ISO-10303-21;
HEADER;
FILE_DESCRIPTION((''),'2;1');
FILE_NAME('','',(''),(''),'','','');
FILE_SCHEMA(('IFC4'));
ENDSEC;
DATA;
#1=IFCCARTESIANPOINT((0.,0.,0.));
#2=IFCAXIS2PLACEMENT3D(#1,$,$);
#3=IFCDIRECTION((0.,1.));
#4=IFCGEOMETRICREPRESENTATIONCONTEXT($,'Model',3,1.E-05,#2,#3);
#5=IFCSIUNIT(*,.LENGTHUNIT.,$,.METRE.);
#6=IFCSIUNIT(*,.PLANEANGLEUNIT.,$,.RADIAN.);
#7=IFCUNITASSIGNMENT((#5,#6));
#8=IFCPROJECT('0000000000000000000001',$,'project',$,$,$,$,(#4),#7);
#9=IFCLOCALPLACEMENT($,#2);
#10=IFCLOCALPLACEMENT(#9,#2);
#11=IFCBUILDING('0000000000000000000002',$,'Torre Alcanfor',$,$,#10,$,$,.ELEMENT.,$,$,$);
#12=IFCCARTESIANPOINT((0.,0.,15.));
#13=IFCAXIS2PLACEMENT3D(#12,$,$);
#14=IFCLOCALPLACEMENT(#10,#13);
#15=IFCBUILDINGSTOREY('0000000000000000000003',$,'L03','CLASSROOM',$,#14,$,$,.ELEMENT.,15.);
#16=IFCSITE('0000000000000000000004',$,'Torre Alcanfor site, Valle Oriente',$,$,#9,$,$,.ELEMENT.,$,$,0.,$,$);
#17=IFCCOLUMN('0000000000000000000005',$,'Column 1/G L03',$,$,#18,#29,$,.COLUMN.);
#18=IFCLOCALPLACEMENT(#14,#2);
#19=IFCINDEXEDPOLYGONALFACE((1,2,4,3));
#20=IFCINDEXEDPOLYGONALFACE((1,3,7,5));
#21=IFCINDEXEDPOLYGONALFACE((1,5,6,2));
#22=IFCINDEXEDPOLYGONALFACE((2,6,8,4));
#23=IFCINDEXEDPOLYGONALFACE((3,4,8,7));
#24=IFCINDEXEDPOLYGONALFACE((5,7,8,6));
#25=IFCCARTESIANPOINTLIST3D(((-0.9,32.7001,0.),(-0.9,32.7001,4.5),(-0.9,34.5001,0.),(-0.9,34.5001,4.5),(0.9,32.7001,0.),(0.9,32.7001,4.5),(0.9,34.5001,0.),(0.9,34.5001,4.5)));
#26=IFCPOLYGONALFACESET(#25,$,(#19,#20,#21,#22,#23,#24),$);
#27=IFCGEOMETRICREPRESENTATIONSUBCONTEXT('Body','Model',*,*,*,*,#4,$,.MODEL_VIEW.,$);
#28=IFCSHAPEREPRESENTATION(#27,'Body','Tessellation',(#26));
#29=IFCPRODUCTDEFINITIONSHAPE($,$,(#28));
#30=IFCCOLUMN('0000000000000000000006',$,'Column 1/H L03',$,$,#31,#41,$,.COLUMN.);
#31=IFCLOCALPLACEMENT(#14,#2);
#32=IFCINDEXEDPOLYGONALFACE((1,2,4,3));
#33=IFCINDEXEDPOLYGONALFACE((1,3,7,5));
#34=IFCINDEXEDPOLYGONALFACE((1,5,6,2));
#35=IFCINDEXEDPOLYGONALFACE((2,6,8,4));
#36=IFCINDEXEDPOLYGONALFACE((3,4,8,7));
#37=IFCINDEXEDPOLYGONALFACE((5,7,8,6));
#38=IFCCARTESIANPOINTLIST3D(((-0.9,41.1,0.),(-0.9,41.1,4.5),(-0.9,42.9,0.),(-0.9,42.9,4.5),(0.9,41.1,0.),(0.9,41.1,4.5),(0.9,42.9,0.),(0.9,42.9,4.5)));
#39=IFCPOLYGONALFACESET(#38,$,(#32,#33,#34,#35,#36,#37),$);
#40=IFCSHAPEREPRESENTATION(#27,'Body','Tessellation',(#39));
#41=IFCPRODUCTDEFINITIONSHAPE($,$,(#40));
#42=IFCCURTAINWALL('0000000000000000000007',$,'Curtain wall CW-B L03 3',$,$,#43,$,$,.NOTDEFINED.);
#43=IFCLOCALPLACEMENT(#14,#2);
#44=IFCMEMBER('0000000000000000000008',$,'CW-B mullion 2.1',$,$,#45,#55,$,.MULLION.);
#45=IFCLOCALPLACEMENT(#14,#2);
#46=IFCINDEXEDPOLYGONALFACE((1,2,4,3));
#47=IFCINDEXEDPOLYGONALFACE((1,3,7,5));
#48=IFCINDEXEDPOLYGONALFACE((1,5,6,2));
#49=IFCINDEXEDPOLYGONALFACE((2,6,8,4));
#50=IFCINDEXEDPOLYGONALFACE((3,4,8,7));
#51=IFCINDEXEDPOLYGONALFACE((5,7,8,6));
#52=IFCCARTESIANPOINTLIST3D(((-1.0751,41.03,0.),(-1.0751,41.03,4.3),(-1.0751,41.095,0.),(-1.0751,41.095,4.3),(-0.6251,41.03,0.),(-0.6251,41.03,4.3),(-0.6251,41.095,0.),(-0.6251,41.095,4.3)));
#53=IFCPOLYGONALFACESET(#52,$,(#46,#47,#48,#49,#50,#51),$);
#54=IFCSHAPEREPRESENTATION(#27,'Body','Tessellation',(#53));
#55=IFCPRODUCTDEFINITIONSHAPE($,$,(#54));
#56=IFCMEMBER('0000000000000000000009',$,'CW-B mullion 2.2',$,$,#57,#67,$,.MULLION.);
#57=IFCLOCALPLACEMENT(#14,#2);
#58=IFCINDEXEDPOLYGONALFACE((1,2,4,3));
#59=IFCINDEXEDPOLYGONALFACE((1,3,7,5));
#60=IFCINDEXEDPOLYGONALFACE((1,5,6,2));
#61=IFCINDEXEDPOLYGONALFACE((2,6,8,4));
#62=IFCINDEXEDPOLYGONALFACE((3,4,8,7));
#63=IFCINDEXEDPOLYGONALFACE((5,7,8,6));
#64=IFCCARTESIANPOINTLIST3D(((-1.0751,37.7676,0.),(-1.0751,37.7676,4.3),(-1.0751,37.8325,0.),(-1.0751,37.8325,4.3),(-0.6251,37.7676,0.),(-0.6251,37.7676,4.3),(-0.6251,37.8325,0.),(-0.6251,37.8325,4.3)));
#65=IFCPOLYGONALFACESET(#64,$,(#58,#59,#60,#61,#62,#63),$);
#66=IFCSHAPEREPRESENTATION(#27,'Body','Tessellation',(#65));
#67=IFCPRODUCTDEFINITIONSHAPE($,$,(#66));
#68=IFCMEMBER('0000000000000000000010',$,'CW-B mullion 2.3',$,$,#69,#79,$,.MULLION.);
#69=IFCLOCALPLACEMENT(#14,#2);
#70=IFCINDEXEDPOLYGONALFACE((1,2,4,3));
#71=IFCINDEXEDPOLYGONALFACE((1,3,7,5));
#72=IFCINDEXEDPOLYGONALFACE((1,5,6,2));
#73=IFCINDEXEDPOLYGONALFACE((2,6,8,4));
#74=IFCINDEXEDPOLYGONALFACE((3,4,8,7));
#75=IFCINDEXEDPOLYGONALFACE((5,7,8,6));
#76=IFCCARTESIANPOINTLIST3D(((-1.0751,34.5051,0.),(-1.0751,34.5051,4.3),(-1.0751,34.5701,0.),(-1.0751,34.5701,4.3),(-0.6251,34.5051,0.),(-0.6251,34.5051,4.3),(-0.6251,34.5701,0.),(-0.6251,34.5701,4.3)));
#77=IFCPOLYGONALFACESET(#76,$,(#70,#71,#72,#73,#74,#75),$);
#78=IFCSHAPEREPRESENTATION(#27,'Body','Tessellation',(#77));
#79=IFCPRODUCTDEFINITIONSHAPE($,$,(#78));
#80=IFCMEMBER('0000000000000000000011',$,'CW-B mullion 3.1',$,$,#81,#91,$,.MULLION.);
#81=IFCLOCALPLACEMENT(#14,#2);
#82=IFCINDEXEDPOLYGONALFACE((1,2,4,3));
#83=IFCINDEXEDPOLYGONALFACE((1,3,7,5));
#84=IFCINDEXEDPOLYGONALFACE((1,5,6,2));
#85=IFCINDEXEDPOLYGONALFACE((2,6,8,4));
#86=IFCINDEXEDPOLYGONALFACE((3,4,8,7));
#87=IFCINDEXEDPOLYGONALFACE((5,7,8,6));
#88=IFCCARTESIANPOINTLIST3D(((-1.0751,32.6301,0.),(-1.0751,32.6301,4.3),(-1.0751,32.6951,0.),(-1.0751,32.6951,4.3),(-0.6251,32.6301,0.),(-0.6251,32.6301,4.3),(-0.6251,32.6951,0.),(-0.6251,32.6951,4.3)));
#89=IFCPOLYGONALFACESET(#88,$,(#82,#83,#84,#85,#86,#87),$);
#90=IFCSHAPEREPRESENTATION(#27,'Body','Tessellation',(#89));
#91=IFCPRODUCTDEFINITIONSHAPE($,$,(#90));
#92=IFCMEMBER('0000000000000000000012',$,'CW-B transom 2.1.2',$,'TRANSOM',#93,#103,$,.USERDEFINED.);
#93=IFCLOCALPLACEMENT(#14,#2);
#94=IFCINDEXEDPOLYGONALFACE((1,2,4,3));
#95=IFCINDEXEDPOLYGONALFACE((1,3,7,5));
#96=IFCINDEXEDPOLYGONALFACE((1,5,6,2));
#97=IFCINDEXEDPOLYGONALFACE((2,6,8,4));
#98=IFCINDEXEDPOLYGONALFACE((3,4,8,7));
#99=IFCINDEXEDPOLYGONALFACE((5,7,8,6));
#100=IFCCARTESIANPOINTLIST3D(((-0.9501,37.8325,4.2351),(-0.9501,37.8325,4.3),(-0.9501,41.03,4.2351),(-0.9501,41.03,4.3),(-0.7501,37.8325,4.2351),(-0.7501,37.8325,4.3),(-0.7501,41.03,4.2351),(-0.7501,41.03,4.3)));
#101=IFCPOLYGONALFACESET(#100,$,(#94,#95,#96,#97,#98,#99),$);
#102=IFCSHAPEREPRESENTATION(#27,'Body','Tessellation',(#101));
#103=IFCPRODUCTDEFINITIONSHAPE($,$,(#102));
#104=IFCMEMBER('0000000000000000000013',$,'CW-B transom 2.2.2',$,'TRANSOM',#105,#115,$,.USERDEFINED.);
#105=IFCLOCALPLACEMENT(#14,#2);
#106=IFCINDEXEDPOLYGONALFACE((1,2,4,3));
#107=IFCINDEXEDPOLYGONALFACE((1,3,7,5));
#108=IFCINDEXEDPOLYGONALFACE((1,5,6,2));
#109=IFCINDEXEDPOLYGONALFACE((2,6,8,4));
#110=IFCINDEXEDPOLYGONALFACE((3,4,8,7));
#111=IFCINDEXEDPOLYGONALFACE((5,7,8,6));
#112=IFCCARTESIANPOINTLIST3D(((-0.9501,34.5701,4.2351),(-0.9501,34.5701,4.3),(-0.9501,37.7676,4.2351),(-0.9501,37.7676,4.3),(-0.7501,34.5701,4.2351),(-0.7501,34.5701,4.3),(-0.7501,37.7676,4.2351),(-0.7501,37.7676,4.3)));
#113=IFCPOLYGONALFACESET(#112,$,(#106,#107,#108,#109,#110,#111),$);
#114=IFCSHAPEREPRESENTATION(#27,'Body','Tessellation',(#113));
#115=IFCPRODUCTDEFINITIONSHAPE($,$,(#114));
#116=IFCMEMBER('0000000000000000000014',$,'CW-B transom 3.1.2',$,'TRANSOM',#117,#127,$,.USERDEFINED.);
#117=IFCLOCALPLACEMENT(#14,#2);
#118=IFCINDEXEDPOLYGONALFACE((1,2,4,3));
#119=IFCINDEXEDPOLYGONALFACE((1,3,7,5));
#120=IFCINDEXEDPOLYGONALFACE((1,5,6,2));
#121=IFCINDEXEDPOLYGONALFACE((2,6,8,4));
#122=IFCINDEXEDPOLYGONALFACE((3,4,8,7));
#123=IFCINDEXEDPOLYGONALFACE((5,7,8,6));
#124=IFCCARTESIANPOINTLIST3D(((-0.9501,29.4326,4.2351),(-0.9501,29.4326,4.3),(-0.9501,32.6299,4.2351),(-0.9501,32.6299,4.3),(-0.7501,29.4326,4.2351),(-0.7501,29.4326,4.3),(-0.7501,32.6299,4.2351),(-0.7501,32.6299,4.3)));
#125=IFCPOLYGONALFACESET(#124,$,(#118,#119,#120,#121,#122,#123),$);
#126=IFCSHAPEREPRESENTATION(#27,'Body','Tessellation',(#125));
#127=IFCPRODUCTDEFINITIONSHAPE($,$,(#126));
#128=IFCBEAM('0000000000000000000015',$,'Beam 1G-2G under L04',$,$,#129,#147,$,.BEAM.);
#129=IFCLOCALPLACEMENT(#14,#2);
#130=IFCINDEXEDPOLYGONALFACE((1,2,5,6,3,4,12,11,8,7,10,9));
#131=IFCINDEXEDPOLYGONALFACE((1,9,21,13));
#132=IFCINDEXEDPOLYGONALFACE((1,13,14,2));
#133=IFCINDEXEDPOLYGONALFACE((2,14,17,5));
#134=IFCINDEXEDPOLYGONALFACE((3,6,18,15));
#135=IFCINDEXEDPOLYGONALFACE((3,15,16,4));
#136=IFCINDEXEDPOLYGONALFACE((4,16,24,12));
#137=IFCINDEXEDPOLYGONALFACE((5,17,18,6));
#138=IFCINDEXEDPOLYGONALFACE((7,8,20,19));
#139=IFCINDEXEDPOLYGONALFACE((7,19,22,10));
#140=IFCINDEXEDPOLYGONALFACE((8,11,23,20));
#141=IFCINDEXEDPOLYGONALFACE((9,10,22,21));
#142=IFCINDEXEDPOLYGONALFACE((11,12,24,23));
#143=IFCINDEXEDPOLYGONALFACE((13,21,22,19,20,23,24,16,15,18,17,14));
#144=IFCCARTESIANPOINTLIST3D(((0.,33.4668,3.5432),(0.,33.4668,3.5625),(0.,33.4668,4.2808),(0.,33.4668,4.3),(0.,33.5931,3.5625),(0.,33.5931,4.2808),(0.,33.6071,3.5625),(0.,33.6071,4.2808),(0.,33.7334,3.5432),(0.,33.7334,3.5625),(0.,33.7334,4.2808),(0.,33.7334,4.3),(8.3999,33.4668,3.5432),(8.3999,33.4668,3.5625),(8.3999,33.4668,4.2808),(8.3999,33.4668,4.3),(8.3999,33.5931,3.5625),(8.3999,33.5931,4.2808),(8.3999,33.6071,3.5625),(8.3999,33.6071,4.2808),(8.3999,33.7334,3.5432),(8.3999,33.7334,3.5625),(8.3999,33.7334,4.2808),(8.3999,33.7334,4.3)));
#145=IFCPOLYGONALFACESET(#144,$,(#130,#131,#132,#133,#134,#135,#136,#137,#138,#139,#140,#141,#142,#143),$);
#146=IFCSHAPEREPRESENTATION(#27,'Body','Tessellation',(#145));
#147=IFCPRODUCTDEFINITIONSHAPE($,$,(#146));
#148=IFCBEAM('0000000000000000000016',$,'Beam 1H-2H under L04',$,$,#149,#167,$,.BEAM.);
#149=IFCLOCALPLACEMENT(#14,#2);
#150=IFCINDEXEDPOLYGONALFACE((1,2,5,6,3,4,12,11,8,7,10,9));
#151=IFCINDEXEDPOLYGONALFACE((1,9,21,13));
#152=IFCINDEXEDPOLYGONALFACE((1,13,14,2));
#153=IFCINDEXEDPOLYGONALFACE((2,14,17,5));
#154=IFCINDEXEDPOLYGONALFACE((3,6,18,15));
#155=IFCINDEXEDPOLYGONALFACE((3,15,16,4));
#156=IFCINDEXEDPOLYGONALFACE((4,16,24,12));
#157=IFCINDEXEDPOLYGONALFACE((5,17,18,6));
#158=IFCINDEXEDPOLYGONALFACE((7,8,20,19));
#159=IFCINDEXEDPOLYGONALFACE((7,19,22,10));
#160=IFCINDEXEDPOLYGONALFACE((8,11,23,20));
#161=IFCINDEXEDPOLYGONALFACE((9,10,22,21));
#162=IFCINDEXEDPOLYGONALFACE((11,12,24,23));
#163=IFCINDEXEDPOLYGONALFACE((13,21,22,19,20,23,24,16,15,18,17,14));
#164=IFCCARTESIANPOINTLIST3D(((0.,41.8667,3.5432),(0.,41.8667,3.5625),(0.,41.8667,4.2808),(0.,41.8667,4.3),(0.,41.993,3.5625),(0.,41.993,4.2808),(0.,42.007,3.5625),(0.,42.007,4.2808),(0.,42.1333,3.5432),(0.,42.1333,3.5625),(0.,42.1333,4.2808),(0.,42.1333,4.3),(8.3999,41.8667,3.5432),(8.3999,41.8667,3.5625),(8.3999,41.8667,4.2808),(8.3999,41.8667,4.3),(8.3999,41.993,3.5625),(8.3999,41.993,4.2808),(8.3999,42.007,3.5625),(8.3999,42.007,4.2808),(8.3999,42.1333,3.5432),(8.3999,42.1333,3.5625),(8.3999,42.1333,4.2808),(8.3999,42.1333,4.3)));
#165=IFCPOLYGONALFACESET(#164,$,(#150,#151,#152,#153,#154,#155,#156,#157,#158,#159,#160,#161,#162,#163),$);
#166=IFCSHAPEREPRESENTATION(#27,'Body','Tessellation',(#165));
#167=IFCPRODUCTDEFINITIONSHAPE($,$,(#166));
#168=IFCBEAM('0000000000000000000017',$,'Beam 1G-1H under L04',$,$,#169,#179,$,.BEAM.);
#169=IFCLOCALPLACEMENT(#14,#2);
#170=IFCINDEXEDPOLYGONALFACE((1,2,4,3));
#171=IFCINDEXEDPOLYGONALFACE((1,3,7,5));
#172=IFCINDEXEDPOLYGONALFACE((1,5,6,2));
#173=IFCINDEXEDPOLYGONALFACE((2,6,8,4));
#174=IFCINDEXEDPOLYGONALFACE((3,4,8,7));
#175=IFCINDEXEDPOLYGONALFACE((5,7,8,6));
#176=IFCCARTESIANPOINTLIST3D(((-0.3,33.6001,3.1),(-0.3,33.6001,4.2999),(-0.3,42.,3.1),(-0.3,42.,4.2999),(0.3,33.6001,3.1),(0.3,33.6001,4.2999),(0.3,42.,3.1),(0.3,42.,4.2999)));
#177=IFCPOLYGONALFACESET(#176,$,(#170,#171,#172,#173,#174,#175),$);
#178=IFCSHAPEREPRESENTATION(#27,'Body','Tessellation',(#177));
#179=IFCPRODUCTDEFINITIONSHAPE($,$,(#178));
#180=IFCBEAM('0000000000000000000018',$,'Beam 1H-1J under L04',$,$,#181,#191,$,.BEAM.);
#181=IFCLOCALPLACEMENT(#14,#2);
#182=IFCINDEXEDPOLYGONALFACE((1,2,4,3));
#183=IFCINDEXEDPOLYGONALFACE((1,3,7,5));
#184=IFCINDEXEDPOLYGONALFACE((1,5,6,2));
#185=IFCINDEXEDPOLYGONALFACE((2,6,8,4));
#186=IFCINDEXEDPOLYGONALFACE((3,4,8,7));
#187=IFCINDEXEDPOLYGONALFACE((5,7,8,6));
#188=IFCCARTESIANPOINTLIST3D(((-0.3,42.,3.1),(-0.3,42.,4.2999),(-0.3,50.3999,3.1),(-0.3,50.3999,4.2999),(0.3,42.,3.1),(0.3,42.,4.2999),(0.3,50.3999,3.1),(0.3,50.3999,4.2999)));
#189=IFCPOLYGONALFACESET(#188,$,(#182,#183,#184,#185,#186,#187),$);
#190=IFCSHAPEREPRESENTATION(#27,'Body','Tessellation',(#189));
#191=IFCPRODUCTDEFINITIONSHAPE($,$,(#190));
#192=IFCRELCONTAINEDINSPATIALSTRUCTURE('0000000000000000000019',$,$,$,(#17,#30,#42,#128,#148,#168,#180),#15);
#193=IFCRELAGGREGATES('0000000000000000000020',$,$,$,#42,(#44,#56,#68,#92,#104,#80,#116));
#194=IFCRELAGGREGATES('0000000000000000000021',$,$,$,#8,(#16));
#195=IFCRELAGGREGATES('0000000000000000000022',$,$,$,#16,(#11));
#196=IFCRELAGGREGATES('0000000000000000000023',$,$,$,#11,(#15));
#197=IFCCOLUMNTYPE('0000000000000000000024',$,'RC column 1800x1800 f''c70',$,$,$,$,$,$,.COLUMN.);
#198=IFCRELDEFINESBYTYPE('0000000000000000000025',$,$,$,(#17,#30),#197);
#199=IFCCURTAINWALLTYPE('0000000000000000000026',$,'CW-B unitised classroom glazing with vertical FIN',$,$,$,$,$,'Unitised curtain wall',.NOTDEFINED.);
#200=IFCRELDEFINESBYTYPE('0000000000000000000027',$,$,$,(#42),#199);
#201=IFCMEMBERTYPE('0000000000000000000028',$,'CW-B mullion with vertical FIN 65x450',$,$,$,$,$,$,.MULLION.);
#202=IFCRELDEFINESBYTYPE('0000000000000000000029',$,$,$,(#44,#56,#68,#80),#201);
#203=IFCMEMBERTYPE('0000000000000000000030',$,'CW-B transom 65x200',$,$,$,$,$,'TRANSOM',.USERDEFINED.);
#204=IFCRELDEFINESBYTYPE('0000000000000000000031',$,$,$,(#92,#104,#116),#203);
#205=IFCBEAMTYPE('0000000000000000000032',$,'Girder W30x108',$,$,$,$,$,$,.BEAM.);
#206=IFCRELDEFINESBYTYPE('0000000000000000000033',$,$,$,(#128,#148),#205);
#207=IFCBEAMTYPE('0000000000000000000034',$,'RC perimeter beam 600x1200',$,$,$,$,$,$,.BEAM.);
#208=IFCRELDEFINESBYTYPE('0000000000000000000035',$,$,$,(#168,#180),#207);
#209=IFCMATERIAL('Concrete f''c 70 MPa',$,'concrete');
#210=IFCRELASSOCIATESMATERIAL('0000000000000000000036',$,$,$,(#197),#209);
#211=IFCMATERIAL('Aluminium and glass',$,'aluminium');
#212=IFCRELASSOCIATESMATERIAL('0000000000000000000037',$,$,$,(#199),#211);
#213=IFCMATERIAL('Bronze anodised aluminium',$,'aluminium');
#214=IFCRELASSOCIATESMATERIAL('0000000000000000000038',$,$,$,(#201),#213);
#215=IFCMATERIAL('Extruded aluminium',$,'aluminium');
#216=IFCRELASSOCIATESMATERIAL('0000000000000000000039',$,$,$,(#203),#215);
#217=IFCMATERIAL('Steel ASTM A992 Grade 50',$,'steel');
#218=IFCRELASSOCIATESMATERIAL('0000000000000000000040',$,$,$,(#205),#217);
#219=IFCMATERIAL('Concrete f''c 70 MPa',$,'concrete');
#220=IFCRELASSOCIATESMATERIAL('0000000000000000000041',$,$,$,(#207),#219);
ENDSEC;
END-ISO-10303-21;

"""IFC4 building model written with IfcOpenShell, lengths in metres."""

from ifc_helpers import new_model, si_unit, direction, frame, origin, origin_2d, place, context, subcontext, project, spatial, rectangle, i_section, extrude, material, material_profile, profile_set, type_object, element, aggregate, save


model = new_model("IFC4")

# Units and contexts
model_context = context("Model", 3, precision=1e-05, world=origin(), true_north=direction((0.0, 1.0)))
body_context = subcontext(model_context, "Body", "Model", "MODEL_VIEW")
ifc_project = project(units=[si_unit("LENGTHUNIT", "METRE"), si_unit("PLANEANGLEUNIT", "RADIAN")], contexts=[model_context])

# Site, building, storey
site_placement = place(None, origin())
site = spatial("IfcSite", under=ifc_project, at=site_placement, Name="Torre Alcanfor site, Valle Oriente", CompositionType="ELEMENT", RefElevation=0.0)
building_placement = place(site_placement, origin())
building = spatial("IfcBuilding", under=site, at=building_placement, Name="Torre Alcanfor", CompositionType="ELEMENT")
storey_placement = place(building_placement, frame((0.0, 0.0, 15.0)))
storey = spatial("IfcBuildingStorey", under=building, at=storey_placement, Name="L03", Description="CLASSROOM", CompositionType="ELEMENT", Elevation=15.0)

# Columns
ifc_material_1 = material(Name="Concrete f'c 70 MPa", Category="concrete")
ifc_material_profile_1 = material_profile(ifc_material_1, rectangle(XDim=1.8, YDim=1.8, at=origin_2d()), Name="1800x1800")
ifc_profile_set_1 = profile_set([ifc_material_profile_1], Name="Concrete f'c 70 MPa")
column_type = type_object("IfcColumnType", Name="RC column 1800x1800 f'c70", PredefinedType="COLUMN", material=ifc_profile_set_1)
for number, where, z_axis, x_axis, name in (
    (1, (0.0, 33.6001, 0.0), (0.0, 0.0, 1.0), (1.0, 0.0, 0.0), "Column 1/G L03"),
    (2, (0.0, 42.0, 0.0), (0.0, 0.0, 1.0), (1.0, 0.0, 0.0), "Column 1/H L03"),
):
    element("IfcColumn", number, at=place(storey_placement, frame(where, z_axis=z_axis, x_axis=x_axis)), inside=storey, type_object=column_type, Name=name, PredefinedType="COLUMN", context=body_context, shape_type="SweptSolid", body=[
        extrude(rectangle(XDim=1.8, YDim=1.8, at=origin_2d()), origin(), (0.0, 0.0, 1.0), 4.5),
    ])

# Curtain wall, members
ifc_material_2 = material(Name="Aluminium and glass", Category="aluminium")
curtain_wall_type = type_object("IfcCurtainWallType", Name="CW-B unitised classroom glazing with vertical FIN", ElementType="Unitised curtain wall", PredefinedType="NOTDEFINED", material=ifc_material_2)
curtain_wall_placement = place(storey_placement, origin())
curtain_wall = element("IfcCurtainWall", 3, at=curtain_wall_placement, inside=storey, type_object=curtain_wall_type, Name="Curtain wall CW-B L03 3", PredefinedType="NOTDEFINED")
ifc_material_3 = material(Name="Bronze anodised aluminium", Category="aluminium")
ifc_material_profile_2 = material_profile(ifc_material_3, rectangle(XDim=0.45, YDim=0.0649, at=origin_2d()), Name="CW-B mullion 65x450")
ifc_profile_set_2 = profile_set([ifc_material_profile_2], Name="Bronze anodised aluminium")
member_type_1 = type_object("IfcMemberType", Name="CW-B mullion with vertical FIN 65x450", PredefinedType="MULLION", material=ifc_profile_set_2)
member_1_placement = place(storey_placement, frame((-0.8501, 41.0625, 0.0), z_axis=(0.0, 0.0, 1.0), x_axis=(1.0, 0.0, 0.0)))
member_1 = element("IfcMember", 4, at=member_1_placement, type_object=member_type_1, Name="CW-B mullion 2.1", PredefinedType="MULLION", context=body_context, shape_type="SweptSolid", body=[
    extrude(rectangle(XDim=0.45, YDim=0.0649, at=origin_2d()), origin(), (0.0, 0.0, 1.0), 4.3),
])
member_2_placement = place(storey_placement, frame((-0.8501, 37.8, 0.0), z_axis=(0.0, 0.0, 1.0), x_axis=(1.0, 0.0, 0.0)))
member_2 = element("IfcMember", 5, at=member_2_placement, type_object=member_type_1, Name="CW-B mullion 2.2", PredefinedType="MULLION", context=body_context, shape_type="SweptSolid", body=[
    extrude(rectangle(XDim=0.45, YDim=0.0649, at=origin_2d()), origin(), (0.0, 0.0, 1.0), 4.3),
])
member_3_placement = place(storey_placement, frame((-0.8501, 34.5376, 0.0), z_axis=(0.0, 0.0, 1.0), x_axis=(1.0, 0.0, 0.0)))
member_3 = element("IfcMember", 6, at=member_3_placement, type_object=member_type_1, Name="CW-B mullion 2.3", PredefinedType="MULLION", context=body_context, shape_type="SweptSolid", body=[
    extrude(rectangle(XDim=0.45, YDim=0.0649, at=origin_2d()), origin(), (0.0, 0.0, 1.0), 4.3),
])
member_4_placement = place(storey_placement, frame((-0.8501, 32.6626, 0.0), z_axis=(0.0, 0.0, 1.0), x_axis=(1.0, 0.0, 0.0)))
member_4 = element("IfcMember", 7, at=member_4_placement, type_object=member_type_1, Name="CW-B mullion 3.1", PredefinedType="MULLION", context=body_context, shape_type="SweptSolid", body=[
    extrude(rectangle(XDim=0.45, YDim=0.0649, at=origin_2d()), origin(), (0.0, 0.0, 1.0), 4.3),
])
ifc_material_4 = material(Name="Extruded aluminium", Category="aluminium")
ifc_material_profile_3 = material_profile(ifc_material_4, rectangle(XDim=0.2, YDim=0.0649, at=origin_2d()), Name="CW-B transom 200x65")
ifc_profile_set_3 = profile_set([ifc_material_profile_3], Name="Extruded aluminium")
member_type_2 = type_object("IfcMemberType", Name="CW-B transom 65x200", ElementType="TRANSOM", PredefinedType="USERDEFINED", material=ifc_profile_set_3)
member_5_placement = place(storey_placement, frame((-0.8501, 41.03, 4.2676), z_axis=(0.0, -1.0, 0.0), x_axis=(1.0, 0.0, 0.0)))
member_5 = element("IfcMember", 8, at=member_5_placement, type_object=member_type_2, Name="CW-B transom 2.1.2", ObjectType="TRANSOM", PredefinedType="USERDEFINED", context=body_context, shape_type="SweptSolid", body=[
    extrude(rectangle(XDim=0.2, YDim=0.0649, at=origin_2d()), origin(), (0.0, 0.0, 1.0), 3.1975),
])
member_6_placement = place(storey_placement, frame((-0.8501, 37.7676, 4.2676), z_axis=(0.0, -1.0, 0.0), x_axis=(1.0, 0.0, 0.0)))
member_6 = element("IfcMember", 9, at=member_6_placement, type_object=member_type_2, Name="CW-B transom 2.2.2", ObjectType="TRANSOM", PredefinedType="USERDEFINED", context=body_context, shape_type="SweptSolid", body=[
    extrude(rectangle(XDim=0.2, YDim=0.0649, at=origin_2d()), origin(), (0.0, 0.0, 1.0), 3.1975),
])
member_7_placement = place(storey_placement, frame((-0.8501, 32.6299, 4.2676), z_axis=(0.0, -1.0, 0.0), x_axis=(1.0, 0.0, 0.0)))
member_7 = element("IfcMember", 10, at=member_7_placement, type_object=member_type_2, Name="CW-B transom 3.1.2", ObjectType="TRANSOM", PredefinedType="USERDEFINED", context=body_context, shape_type="SweptSolid", body=[
    extrude(rectangle(XDim=0.2, YDim=0.0649, at=origin_2d()), origin(), (0.0, 0.0, 1.0), 3.1973),
])

# Beams
ifc_material_5 = material(Name="Steel ASTM A992 Grade 50", Category="steel")
ifc_material_profile_4 = material_profile(ifc_material_5, i_section(OverallWidth=0.2666, OverallDepth=0.7568, WebThickness=0.0139, FlangeThickness=0.0193, at=origin_2d()), Name="W30x108")
ifc_profile_set_4 = profile_set([ifc_material_profile_4], Name="Steel ASTM A992 Grade 50")
beam_type_1 = type_object("IfcBeamType", Name="Girder W30x108", PredefinedType="BEAM", material=ifc_profile_set_4)
for number, where, z_axis, x_axis, name in (
    (11, (0.0, 33.6001, 3.9216), (1.0, 0.0, 0.0), (0.0, 1.0, 0.0), "Beam 1G-2G under L04"),
    (12, (0.0, 42.0, 3.9216), (1.0, 0.0, 0.0), (0.0, 1.0, 0.0), "Beam 1H-2H under L04"),
):
    element("IfcBeam", number, at=place(storey_placement, frame(where, z_axis=z_axis, x_axis=x_axis)), inside=storey, type_object=beam_type_1, Name=name, PredefinedType="BEAM", context=body_context, shape_type="SweptSolid", body=[
        extrude(i_section(OverallWidth=0.2666, OverallDepth=0.7568, WebThickness=0.0139, FlangeThickness=0.0193, at=origin_2d()), origin(), (0.0, 0.0, 1.0), 8.3999),
    ])
ifc_material_6 = material(Name="Concrete f'c 70 MPa", Category="concrete")
ifc_material_profile_5 = material_profile(ifc_material_6, rectangle(XDim=0.6001, YDim=1.2, at=origin_2d()), Name="600x1200")
ifc_profile_set_5 = profile_set([ifc_material_profile_5], Name="Concrete f'c 70 MPa")
beam_type_2 = type_object("IfcBeamType", Name="RC perimeter beam 600x1200", PredefinedType="BEAM", material=ifc_profile_set_5)
for number, where, z_axis, x_axis, name in (
    (13, (0.0, 33.6001, 3.7), (0.0, 1.0, 0.0), (-1.0, 0.0, 0.0), "Beam 1G-1H under L04"),
    (14, (0.0, 42.0, 3.7), (0.0, 1.0, 0.0), (-1.0, 0.0, 0.0), "Beam 1H-1J under L04"),
):
    element("IfcBeam", number, at=place(storey_placement, frame(where, z_axis=z_axis, x_axis=x_axis)), inside=storey, type_object=beam_type_2, Name=name, PredefinedType="BEAM", context=body_context, shape_type="SweptSolid", body=[
        extrude(rectangle(XDim=0.6001, YDim=1.2, at=origin_2d()), origin(), (0.0, 0.0, 1.0), 8.3999),
    ])

aggregate(curtain_wall, [member_1, member_2, member_3, member_5, member_6, member_4, member_7])

save(model, "model.ifc")
